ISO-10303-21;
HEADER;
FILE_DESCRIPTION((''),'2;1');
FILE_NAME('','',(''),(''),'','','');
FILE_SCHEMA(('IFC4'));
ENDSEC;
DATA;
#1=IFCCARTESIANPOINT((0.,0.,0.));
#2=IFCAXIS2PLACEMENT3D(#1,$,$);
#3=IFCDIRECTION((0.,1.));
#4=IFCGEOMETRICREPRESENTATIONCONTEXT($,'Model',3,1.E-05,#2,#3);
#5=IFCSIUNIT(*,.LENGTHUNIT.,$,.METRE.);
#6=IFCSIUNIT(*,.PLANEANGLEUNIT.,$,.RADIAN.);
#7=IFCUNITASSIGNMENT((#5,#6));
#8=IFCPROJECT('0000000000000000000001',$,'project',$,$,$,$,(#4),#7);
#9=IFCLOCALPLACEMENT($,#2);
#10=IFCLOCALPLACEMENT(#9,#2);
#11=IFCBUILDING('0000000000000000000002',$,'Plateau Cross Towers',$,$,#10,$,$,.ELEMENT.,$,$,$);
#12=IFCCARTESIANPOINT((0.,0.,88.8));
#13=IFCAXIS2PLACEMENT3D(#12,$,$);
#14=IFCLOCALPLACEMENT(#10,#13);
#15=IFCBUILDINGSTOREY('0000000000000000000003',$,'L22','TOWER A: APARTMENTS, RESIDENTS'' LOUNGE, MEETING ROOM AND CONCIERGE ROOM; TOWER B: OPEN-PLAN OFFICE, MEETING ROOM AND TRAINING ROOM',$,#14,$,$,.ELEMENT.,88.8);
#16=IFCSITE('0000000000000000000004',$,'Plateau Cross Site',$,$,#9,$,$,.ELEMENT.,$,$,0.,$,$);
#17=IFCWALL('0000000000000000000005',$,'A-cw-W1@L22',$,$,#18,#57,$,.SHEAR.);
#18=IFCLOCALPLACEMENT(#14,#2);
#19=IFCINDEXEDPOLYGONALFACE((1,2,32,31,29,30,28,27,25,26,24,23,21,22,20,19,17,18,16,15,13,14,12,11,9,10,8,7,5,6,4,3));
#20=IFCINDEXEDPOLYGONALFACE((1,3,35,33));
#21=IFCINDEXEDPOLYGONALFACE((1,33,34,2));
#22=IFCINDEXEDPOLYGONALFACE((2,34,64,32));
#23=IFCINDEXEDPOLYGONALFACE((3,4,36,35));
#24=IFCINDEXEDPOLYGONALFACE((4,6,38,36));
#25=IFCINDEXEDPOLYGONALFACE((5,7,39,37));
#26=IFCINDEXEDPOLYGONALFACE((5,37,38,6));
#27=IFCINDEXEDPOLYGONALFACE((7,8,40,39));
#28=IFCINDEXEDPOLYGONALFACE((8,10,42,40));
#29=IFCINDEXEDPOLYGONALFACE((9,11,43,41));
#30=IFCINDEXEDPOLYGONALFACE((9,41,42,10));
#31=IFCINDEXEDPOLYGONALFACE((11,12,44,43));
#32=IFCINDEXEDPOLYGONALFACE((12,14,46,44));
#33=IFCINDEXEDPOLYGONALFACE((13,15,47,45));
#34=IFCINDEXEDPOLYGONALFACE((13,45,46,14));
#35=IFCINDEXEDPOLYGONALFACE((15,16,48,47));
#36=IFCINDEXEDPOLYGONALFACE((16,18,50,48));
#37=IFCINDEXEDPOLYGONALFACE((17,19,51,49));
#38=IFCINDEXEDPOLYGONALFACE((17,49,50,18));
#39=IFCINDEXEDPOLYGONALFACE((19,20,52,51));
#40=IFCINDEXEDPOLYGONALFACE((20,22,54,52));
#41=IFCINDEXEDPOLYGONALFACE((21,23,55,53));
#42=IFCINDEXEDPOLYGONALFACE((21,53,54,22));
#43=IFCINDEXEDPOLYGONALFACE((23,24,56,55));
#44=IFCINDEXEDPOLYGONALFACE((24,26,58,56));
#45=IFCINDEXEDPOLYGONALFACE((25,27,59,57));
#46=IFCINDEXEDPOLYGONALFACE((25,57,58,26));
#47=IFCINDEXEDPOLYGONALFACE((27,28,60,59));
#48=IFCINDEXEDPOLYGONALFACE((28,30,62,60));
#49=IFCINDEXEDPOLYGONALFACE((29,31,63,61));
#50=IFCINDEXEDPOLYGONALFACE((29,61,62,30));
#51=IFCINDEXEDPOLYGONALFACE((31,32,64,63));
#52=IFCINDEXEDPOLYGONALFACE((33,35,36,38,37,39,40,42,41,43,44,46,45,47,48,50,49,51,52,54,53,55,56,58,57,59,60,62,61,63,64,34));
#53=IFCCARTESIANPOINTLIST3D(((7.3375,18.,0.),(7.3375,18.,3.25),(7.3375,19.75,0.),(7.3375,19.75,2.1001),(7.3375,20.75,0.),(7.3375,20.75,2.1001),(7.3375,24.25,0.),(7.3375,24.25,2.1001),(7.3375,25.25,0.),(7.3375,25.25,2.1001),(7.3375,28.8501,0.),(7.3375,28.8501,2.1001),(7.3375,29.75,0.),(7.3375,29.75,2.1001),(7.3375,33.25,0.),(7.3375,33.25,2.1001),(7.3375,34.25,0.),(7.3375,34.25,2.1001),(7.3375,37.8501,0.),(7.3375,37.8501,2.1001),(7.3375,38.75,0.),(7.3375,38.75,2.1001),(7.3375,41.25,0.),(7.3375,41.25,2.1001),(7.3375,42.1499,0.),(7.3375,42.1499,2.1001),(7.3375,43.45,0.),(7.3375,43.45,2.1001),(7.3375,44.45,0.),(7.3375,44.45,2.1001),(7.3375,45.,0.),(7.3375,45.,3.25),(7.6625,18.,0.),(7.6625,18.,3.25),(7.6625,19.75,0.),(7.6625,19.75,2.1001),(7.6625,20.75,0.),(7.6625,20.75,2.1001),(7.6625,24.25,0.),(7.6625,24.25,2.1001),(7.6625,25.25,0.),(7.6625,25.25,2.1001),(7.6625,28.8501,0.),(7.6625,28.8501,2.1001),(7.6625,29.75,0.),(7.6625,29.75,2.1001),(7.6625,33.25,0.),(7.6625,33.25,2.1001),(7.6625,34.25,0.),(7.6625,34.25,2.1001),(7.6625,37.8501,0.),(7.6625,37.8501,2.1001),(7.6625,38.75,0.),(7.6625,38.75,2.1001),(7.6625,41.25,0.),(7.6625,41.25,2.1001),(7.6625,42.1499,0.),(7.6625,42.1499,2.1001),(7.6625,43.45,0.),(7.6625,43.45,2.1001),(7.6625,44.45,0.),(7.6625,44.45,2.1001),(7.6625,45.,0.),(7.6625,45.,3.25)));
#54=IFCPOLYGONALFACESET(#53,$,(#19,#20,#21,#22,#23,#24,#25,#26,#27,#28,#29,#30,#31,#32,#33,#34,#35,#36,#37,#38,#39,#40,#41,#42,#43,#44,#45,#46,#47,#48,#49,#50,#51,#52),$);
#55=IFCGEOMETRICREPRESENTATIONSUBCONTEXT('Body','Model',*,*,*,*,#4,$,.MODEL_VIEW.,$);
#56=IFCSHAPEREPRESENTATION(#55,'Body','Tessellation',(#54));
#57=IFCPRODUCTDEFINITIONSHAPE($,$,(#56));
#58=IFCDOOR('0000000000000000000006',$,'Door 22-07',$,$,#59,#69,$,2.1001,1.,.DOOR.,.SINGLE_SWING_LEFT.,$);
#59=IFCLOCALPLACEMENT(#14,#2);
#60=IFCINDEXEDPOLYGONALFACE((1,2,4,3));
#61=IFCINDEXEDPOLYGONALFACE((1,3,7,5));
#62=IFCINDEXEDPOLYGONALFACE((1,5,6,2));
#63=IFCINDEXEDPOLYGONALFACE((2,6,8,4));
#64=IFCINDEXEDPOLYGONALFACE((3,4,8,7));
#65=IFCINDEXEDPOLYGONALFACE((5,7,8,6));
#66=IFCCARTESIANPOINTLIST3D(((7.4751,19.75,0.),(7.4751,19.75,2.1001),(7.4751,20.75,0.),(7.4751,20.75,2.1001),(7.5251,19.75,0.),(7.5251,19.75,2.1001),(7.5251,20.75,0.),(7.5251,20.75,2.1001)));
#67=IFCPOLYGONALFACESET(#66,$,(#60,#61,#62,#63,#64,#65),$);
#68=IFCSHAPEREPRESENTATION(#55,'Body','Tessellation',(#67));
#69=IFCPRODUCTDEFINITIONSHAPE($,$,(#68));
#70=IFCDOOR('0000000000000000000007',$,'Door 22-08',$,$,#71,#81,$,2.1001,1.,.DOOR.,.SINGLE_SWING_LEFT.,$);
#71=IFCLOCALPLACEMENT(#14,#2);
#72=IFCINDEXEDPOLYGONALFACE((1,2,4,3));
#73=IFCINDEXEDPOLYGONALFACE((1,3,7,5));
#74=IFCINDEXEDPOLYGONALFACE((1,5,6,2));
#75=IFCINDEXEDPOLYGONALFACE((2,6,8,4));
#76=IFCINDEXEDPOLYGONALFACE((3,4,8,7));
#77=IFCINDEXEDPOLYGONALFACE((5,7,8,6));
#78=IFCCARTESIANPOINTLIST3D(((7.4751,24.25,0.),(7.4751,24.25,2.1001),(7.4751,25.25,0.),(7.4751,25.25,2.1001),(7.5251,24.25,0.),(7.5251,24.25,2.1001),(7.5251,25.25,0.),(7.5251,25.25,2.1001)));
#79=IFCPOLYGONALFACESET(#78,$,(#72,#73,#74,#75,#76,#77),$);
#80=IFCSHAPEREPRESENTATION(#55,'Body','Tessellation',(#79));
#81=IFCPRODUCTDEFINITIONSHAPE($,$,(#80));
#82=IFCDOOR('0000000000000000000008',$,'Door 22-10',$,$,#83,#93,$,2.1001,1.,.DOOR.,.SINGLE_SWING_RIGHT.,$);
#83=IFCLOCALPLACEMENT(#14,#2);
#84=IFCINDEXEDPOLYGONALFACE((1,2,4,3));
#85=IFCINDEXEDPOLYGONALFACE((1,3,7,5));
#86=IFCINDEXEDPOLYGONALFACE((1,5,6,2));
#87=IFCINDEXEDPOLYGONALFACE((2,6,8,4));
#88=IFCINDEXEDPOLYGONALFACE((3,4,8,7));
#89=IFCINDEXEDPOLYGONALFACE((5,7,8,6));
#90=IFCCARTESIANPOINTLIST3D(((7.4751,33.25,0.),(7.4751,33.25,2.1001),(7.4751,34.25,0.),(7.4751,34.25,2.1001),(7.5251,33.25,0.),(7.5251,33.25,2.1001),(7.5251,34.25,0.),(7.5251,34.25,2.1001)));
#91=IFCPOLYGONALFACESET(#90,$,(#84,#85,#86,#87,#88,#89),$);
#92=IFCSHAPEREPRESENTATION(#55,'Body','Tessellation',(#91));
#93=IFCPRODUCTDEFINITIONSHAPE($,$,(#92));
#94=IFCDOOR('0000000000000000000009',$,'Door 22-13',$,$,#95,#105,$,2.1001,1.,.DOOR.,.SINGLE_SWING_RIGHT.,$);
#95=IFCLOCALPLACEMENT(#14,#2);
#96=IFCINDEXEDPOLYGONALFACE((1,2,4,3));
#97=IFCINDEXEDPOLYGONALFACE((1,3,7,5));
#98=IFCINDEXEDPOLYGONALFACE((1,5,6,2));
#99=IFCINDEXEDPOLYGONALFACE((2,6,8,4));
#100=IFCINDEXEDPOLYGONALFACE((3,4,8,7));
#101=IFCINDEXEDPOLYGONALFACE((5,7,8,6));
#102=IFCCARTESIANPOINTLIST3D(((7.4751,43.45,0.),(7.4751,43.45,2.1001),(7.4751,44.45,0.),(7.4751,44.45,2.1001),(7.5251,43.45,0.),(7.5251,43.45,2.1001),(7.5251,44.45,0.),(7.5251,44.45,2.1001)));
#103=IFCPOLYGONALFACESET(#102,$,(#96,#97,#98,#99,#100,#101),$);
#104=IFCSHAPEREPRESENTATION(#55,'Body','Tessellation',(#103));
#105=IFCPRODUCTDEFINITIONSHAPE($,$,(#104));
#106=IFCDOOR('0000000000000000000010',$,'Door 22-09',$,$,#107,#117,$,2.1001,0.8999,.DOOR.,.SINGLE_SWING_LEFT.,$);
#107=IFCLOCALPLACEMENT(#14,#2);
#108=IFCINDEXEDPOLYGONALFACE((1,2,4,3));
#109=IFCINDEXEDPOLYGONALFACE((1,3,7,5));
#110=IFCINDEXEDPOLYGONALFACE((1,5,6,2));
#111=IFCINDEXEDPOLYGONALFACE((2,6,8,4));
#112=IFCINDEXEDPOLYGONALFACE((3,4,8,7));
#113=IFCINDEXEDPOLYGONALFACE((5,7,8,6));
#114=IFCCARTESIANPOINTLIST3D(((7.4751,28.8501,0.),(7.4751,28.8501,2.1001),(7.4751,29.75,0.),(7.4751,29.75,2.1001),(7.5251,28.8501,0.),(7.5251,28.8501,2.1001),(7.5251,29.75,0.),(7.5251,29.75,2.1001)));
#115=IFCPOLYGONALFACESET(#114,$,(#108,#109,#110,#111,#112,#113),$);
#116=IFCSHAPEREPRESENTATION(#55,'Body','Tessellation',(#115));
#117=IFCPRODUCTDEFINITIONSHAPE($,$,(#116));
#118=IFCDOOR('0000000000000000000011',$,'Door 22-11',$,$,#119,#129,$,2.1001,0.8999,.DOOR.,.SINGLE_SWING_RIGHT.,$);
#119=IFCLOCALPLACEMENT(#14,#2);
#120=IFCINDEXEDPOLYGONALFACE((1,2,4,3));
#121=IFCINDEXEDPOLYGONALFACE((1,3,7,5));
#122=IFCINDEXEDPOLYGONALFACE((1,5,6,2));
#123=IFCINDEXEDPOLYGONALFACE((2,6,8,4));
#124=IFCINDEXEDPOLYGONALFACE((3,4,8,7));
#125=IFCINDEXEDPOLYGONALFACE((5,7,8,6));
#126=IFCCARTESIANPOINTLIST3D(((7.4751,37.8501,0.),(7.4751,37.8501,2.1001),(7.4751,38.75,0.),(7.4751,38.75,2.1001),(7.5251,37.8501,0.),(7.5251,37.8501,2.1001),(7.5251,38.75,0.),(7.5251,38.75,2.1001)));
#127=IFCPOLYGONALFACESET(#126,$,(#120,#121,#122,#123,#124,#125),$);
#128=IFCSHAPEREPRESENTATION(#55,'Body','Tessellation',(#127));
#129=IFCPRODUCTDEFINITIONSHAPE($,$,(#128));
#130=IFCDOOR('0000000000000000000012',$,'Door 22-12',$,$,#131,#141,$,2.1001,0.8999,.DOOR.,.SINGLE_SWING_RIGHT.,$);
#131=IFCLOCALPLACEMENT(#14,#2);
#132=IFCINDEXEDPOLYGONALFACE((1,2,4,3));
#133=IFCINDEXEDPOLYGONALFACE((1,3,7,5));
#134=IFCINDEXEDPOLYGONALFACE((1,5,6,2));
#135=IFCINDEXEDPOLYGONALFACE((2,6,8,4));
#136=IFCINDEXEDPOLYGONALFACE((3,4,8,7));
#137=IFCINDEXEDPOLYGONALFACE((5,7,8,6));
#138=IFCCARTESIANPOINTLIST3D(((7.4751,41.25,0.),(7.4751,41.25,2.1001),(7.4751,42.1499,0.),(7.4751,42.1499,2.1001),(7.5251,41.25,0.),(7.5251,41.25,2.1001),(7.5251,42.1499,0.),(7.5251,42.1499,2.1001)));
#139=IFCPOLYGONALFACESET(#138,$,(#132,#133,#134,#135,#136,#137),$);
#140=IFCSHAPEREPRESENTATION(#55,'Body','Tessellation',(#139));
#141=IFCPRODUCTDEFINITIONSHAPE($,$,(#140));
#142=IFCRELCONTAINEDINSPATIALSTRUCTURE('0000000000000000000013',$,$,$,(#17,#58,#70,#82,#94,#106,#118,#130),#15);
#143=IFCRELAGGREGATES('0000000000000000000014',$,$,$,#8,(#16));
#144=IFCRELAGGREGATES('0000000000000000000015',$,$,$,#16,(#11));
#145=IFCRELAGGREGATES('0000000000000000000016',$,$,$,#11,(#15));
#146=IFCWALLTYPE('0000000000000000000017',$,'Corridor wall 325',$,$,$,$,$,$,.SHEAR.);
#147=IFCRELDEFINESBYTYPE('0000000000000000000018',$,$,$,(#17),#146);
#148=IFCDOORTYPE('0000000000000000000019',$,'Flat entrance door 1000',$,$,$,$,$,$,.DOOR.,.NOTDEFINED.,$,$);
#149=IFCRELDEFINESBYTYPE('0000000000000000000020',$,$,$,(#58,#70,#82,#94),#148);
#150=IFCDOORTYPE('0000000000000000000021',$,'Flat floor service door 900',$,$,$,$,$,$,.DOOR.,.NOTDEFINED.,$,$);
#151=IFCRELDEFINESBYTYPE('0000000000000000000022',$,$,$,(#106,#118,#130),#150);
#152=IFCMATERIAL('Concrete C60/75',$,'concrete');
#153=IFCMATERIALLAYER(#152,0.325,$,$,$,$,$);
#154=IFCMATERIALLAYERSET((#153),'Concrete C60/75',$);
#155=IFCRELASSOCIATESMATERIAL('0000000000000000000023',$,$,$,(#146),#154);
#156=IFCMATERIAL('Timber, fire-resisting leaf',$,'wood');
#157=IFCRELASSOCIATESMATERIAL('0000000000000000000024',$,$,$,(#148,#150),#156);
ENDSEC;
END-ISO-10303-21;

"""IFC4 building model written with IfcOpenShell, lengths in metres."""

from ifc_helpers import new_model, si_unit, direction, frame, frame_2d, origin, place, context, subcontext, project, spatial, rectangle, extrude, material, layer, layer_set, type_object, element, fill, save


model = new_model("IFC4")

# Units and contexts
model_context = context("Model", 3, precision=1e-05, world=origin(), true_north=direction((0.0, 1.0)))
body_context = subcontext(model_context, "Body", "Model", "MODEL_VIEW")
ifc_project = project(units=[si_unit("LENGTHUNIT", "METRE"), si_unit("PLANEANGLEUNIT", "RADIAN")], contexts=[model_context])

# Site, building, storey
site_placement = place(None, origin())
site = spatial("IfcSite", under=ifc_project, at=site_placement, Name="Plateau Cross Site", CompositionType="ELEMENT", RefElevation=0.0)
building_placement = place(site_placement, origin())
building = spatial("IfcBuilding", under=site, at=building_placement, Name="Plateau Cross Towers", CompositionType="ELEMENT")
storey_placement = place(building_placement, frame((0.0, 0.0, 88.8)))
storey = spatial("IfcBuildingStorey", under=building, at=storey_placement, Name="L22", Description="TOWER A: APARTMENTS, RESIDENTS' LOUNGE, MEETING ROOM AND CONCIERGE ROOM; TOWER B: OPEN-PLAN OFFICE, MEETING ROOM AND TRAINING ROOM", CompositionType="ELEMENT", Elevation=88.8)

# Shared definitions
ifc_material_1 = material(Name="Concrete C60/75", Category="concrete")

# Wall, openings, doors
ifc_layer_1 = layer(ifc_material_1, 0.325)
ifc_layer_set_1 = layer_set([ifc_layer_1], Name="Concrete C60/75")
wall_type_1 = type_object("IfcWallType", Name="Corridor wall 325", PredefinedType="SHEAR", material=ifc_layer_set_1)
wall_1_placement = place(storey_placement, frame((7.5, 18.0, 0.0), z_axis=(0.0, 0.0, 1.0), x_axis=(0.0, 1.0, 0.0)))
wall_1 = element("IfcWall", 1, at=wall_1_placement, inside=storey, type_object=wall_type_1, Name="A-cw-W1@L22", PredefinedType="SHEAR", context=body_context, shape_type="SweptSolid", body=[
    extrude(rectangle(XDim=27.0, YDim=0.325, at=frame_2d((13.5, 0.0))), origin(), (0.0, 0.0, 1.0), 3.25),
])
opening_1_placement = place(wall_1_placement, frame((1.75, 0.0, 0.0)))
opening_1 = element("IfcOpeningElement", 2, at=opening_1_placement, cuts=wall_1, PredefinedType="OPENING", context=body_context, shape_type="SweptSolid", body=[
    extrude(rectangle(XDim=1.0, YDim=2.1001, at=frame_2d((0.5, 1.05))), frame((0.0, 0.1724, 0.0), z_axis=(0.0, -1.0, 0.0), x_axis=(1.0, 0.0, 0.0)), (0.0, 0.0, 1.0), 0.345),
])
opening_2_placement = place(wall_1_placement, frame((6.25, 0.0, 0.0)))
opening_2 = element("IfcOpeningElement", 3, at=opening_2_placement, cuts=wall_1, PredefinedType="OPENING", context=body_context, shape_type="SweptSolid", body=[
    extrude(rectangle(XDim=1.0, YDim=2.1001, at=frame_2d((0.5, 1.05))), frame((0.0, 0.1724, 0.0), z_axis=(0.0, -1.0, 0.0), x_axis=(1.0, 0.0, 0.0)), (0.0, 0.0, 1.0), 0.345),
])
opening_3_placement = place(wall_1_placement, frame((10.8501, 0.0, 0.0)))
opening_3 = element("IfcOpeningElement", 4, at=opening_3_placement, cuts=wall_1, PredefinedType="OPENING", context=body_context, shape_type="SweptSolid", body=[
    extrude(rectangle(XDim=0.8999, YDim=2.1001, at=frame_2d((0.45, 1.05))), frame((0.0, 0.1724, 0.0), z_axis=(0.0, -1.0, 0.0), x_axis=(1.0, 0.0, 0.0)), (0.0, 0.0, 1.0), 0.345),
])
opening_4_placement = place(wall_1_placement, frame((15.25, 0.0, 0.0)))
opening_4 = element("IfcOpeningElement", 5, at=opening_4_placement, cuts=wall_1, PredefinedType="OPENING", context=body_context, shape_type="SweptSolid", body=[
    extrude(rectangle(XDim=1.0, YDim=2.1001, at=frame_2d((0.5, 1.05))), frame((0.0, 0.1724, 0.0), z_axis=(0.0, -1.0, 0.0), x_axis=(1.0, 0.0, 0.0)), (0.0, 0.0, 1.0), 0.345),
])
opening_5_placement = place(wall_1_placement, frame((19.8501, 0.0, 0.0)))
opening_5 = element("IfcOpeningElement", 6, at=opening_5_placement, cuts=wall_1, PredefinedType="OPENING", context=body_context, shape_type="SweptSolid", body=[
    extrude(rectangle(XDim=0.8999, YDim=2.1001, at=frame_2d((0.45, 1.05))), frame((0.0, 0.1724, 0.0), z_axis=(0.0, -1.0, 0.0), x_axis=(1.0, 0.0, 0.0)), (0.0, 0.0, 1.0), 0.345),
])
opening_6_placement = place(wall_1_placement, frame((23.25, 0.0, 0.0)))
opening_6 = element("IfcOpeningElement", 7, at=opening_6_placement, cuts=wall_1, PredefinedType="OPENING", context=body_context, shape_type="SweptSolid", body=[
    extrude(rectangle(XDim=0.8999, YDim=2.1001, at=frame_2d((0.45, 1.05))), frame((0.0, 0.1724, 0.0), z_axis=(0.0, -1.0, 0.0), x_axis=(1.0, 0.0, 0.0)), (0.0, 0.0, 1.0), 0.345),
])
opening_7_placement = place(wall_1_placement, frame((25.45, 0.0, 0.0)))
opening_7 = element("IfcOpeningElement", 8, at=opening_7_placement, cuts=wall_1, PredefinedType="OPENING", context=body_context, shape_type="SweptSolid", body=[
    extrude(rectangle(XDim=1.0, YDim=2.1001, at=frame_2d((0.5, 1.05))), frame((0.0, 0.1724, 0.0), z_axis=(0.0, -1.0, 0.0), x_axis=(1.0, 0.0, 0.0)), (0.0, 0.0, 1.0), 0.345),
])
ifc_material_2 = material(Name="Timber, fire-resisting leaf", Category="wood")
door_type_1 = type_object("IfcDoorType", Name="Flat entrance door 1000", OperationType="NOTDEFINED", PredefinedType="DOOR", material=ifc_material_2)
door_1_placement = place(opening_1_placement, origin())
door_1 = element("IfcDoor", 9, at=door_1_placement, inside=storey, type_object=door_type_1, Name="Door 22-07", OperationType="SINGLE_SWING_LEFT", OverallHeight=2.1001, OverallWidth=1.0, PredefinedType="DOOR", context=body_context, shape_type="SweptSolid", body=[
    extrude(rectangle(XDim=1.0, YDim=2.1001, at=frame_2d((0.5, 1.05))), frame((0.0, 0.0249, 0.0), z_axis=(0.0, -1.0, 0.0), x_axis=(1.0, 0.0, 0.0)), (0.0, 0.0, 1.0), 0.05),
])
fill(opening_1, door_1)
door_2_placement = place(opening_2_placement, origin())
door_2 = element("IfcDoor", 10, at=door_2_placement, inside=storey, type_object=door_type_1, Name="Door 22-08", OperationType="SINGLE_SWING_LEFT", OverallHeight=2.1001, OverallWidth=1.0, PredefinedType="DOOR", context=body_context, shape_type="SweptSolid", body=[
    extrude(rectangle(XDim=1.0, YDim=2.1001, at=frame_2d((0.5, 1.05))), frame((0.0, 0.0249, 0.0), z_axis=(0.0, -1.0, 0.0), x_axis=(1.0, 0.0, 0.0)), (0.0, 0.0, 1.0), 0.05),
])
fill(opening_2, door_2)
door_3_placement = place(opening_4_placement, origin())
door_3 = element("IfcDoor", 11, at=door_3_placement, inside=storey, type_object=door_type_1, Name="Door 22-10", OperationType="SINGLE_SWING_RIGHT", OverallHeight=2.1001, OverallWidth=1.0, PredefinedType="DOOR", context=body_context, shape_type="SweptSolid", body=[
    extrude(rectangle(XDim=1.0, YDim=2.1001, at=frame_2d((0.5, 1.05))), frame((0.0, 0.0249, 0.0), z_axis=(0.0, -1.0, 0.0), x_axis=(1.0, 0.0, 0.0)), (0.0, 0.0, 1.0), 0.05),
])
fill(opening_4, door_3)
door_4_placement = place(opening_7_placement, origin())
door_4 = element("IfcDoor", 12, at=door_4_placement, inside=storey, type_object=door_type_1, Name="Door 22-13", OperationType="SINGLE_SWING_RIGHT", OverallHeight=2.1001, OverallWidth=1.0, PredefinedType="DOOR", context=body_context, shape_type="SweptSolid", body=[
    extrude(rectangle(XDim=1.0, YDim=2.1001, at=frame_2d((0.5, 1.05))), frame((0.0, 0.0249, 0.0), z_axis=(0.0, -1.0, 0.0), x_axis=(1.0, 0.0, 0.0)), (0.0, 0.0, 1.0), 0.05),
])
fill(opening_7, door_4)
door_type_2 = type_object("IfcDoorType", Name="Flat floor service door 900", OperationType="NOTDEFINED", PredefinedType="DOOR", material=ifc_material_2)
door_5_placement = place(opening_3_placement, origin())
door_5 = element("IfcDoor", 13, at=door_5_placement, inside=storey, type_object=door_type_2, Name="Door 22-09", OperationType="SINGLE_SWING_LEFT", OverallHeight=2.1001, OverallWidth=0.8999, PredefinedType="DOOR", context=body_context, shape_type="SweptSolid", body=[
    extrude(rectangle(XDim=0.8999, YDim=2.1001, at=frame_2d((0.45, 1.05))), frame((0.0, 0.0249, 0.0), z_axis=(0.0, -1.0, 0.0), x_axis=(1.0, 0.0, 0.0)), (0.0, 0.0, 1.0), 0.05),
])
fill(opening_3, door_5)
door_6_placement = place(opening_5_placement, origin())
door_6 = element("IfcDoor", 14, at=door_6_placement, inside=storey, type_object=door_type_2, Name="Door 22-11", OperationType="SINGLE_SWING_RIGHT", OverallHeight=2.1001, OverallWidth=0.8999, PredefinedType="DOOR", context=body_context, shape_type="SweptSolid", body=[
    extrude(rectangle(XDim=0.8999, YDim=2.1001, at=frame_2d((0.45, 1.05))), frame((0.0, 0.0249, 0.0), z_axis=(0.0, -1.0, 0.0), x_axis=(1.0, 0.0, 0.0)), (0.0, 0.0, 1.0), 0.05),
])
fill(opening_5, door_6)
door_7_placement = place(opening_6_placement, origin())
door_7 = element("IfcDoor", 15, at=door_7_placement, inside=storey, type_object=door_type_2, Name="Door 22-12", OperationType="SINGLE_SWING_RIGHT", OverallHeight=2.1001, OverallWidth=0.8999, PredefinedType="DOOR", context=body_context, shape_type="SweptSolid", body=[
    extrude(rectangle(XDim=0.8999, YDim=2.1001, at=frame_2d((0.45, 1.05))), frame((0.0, 0.0249, 0.0), z_axis=(0.0, -1.0, 0.0), x_axis=(1.0, 0.0, 0.0)), (0.0, 0.0, 1.0), 0.05),
])
fill(opening_6, door_7)

save(model, "model.ifc")
